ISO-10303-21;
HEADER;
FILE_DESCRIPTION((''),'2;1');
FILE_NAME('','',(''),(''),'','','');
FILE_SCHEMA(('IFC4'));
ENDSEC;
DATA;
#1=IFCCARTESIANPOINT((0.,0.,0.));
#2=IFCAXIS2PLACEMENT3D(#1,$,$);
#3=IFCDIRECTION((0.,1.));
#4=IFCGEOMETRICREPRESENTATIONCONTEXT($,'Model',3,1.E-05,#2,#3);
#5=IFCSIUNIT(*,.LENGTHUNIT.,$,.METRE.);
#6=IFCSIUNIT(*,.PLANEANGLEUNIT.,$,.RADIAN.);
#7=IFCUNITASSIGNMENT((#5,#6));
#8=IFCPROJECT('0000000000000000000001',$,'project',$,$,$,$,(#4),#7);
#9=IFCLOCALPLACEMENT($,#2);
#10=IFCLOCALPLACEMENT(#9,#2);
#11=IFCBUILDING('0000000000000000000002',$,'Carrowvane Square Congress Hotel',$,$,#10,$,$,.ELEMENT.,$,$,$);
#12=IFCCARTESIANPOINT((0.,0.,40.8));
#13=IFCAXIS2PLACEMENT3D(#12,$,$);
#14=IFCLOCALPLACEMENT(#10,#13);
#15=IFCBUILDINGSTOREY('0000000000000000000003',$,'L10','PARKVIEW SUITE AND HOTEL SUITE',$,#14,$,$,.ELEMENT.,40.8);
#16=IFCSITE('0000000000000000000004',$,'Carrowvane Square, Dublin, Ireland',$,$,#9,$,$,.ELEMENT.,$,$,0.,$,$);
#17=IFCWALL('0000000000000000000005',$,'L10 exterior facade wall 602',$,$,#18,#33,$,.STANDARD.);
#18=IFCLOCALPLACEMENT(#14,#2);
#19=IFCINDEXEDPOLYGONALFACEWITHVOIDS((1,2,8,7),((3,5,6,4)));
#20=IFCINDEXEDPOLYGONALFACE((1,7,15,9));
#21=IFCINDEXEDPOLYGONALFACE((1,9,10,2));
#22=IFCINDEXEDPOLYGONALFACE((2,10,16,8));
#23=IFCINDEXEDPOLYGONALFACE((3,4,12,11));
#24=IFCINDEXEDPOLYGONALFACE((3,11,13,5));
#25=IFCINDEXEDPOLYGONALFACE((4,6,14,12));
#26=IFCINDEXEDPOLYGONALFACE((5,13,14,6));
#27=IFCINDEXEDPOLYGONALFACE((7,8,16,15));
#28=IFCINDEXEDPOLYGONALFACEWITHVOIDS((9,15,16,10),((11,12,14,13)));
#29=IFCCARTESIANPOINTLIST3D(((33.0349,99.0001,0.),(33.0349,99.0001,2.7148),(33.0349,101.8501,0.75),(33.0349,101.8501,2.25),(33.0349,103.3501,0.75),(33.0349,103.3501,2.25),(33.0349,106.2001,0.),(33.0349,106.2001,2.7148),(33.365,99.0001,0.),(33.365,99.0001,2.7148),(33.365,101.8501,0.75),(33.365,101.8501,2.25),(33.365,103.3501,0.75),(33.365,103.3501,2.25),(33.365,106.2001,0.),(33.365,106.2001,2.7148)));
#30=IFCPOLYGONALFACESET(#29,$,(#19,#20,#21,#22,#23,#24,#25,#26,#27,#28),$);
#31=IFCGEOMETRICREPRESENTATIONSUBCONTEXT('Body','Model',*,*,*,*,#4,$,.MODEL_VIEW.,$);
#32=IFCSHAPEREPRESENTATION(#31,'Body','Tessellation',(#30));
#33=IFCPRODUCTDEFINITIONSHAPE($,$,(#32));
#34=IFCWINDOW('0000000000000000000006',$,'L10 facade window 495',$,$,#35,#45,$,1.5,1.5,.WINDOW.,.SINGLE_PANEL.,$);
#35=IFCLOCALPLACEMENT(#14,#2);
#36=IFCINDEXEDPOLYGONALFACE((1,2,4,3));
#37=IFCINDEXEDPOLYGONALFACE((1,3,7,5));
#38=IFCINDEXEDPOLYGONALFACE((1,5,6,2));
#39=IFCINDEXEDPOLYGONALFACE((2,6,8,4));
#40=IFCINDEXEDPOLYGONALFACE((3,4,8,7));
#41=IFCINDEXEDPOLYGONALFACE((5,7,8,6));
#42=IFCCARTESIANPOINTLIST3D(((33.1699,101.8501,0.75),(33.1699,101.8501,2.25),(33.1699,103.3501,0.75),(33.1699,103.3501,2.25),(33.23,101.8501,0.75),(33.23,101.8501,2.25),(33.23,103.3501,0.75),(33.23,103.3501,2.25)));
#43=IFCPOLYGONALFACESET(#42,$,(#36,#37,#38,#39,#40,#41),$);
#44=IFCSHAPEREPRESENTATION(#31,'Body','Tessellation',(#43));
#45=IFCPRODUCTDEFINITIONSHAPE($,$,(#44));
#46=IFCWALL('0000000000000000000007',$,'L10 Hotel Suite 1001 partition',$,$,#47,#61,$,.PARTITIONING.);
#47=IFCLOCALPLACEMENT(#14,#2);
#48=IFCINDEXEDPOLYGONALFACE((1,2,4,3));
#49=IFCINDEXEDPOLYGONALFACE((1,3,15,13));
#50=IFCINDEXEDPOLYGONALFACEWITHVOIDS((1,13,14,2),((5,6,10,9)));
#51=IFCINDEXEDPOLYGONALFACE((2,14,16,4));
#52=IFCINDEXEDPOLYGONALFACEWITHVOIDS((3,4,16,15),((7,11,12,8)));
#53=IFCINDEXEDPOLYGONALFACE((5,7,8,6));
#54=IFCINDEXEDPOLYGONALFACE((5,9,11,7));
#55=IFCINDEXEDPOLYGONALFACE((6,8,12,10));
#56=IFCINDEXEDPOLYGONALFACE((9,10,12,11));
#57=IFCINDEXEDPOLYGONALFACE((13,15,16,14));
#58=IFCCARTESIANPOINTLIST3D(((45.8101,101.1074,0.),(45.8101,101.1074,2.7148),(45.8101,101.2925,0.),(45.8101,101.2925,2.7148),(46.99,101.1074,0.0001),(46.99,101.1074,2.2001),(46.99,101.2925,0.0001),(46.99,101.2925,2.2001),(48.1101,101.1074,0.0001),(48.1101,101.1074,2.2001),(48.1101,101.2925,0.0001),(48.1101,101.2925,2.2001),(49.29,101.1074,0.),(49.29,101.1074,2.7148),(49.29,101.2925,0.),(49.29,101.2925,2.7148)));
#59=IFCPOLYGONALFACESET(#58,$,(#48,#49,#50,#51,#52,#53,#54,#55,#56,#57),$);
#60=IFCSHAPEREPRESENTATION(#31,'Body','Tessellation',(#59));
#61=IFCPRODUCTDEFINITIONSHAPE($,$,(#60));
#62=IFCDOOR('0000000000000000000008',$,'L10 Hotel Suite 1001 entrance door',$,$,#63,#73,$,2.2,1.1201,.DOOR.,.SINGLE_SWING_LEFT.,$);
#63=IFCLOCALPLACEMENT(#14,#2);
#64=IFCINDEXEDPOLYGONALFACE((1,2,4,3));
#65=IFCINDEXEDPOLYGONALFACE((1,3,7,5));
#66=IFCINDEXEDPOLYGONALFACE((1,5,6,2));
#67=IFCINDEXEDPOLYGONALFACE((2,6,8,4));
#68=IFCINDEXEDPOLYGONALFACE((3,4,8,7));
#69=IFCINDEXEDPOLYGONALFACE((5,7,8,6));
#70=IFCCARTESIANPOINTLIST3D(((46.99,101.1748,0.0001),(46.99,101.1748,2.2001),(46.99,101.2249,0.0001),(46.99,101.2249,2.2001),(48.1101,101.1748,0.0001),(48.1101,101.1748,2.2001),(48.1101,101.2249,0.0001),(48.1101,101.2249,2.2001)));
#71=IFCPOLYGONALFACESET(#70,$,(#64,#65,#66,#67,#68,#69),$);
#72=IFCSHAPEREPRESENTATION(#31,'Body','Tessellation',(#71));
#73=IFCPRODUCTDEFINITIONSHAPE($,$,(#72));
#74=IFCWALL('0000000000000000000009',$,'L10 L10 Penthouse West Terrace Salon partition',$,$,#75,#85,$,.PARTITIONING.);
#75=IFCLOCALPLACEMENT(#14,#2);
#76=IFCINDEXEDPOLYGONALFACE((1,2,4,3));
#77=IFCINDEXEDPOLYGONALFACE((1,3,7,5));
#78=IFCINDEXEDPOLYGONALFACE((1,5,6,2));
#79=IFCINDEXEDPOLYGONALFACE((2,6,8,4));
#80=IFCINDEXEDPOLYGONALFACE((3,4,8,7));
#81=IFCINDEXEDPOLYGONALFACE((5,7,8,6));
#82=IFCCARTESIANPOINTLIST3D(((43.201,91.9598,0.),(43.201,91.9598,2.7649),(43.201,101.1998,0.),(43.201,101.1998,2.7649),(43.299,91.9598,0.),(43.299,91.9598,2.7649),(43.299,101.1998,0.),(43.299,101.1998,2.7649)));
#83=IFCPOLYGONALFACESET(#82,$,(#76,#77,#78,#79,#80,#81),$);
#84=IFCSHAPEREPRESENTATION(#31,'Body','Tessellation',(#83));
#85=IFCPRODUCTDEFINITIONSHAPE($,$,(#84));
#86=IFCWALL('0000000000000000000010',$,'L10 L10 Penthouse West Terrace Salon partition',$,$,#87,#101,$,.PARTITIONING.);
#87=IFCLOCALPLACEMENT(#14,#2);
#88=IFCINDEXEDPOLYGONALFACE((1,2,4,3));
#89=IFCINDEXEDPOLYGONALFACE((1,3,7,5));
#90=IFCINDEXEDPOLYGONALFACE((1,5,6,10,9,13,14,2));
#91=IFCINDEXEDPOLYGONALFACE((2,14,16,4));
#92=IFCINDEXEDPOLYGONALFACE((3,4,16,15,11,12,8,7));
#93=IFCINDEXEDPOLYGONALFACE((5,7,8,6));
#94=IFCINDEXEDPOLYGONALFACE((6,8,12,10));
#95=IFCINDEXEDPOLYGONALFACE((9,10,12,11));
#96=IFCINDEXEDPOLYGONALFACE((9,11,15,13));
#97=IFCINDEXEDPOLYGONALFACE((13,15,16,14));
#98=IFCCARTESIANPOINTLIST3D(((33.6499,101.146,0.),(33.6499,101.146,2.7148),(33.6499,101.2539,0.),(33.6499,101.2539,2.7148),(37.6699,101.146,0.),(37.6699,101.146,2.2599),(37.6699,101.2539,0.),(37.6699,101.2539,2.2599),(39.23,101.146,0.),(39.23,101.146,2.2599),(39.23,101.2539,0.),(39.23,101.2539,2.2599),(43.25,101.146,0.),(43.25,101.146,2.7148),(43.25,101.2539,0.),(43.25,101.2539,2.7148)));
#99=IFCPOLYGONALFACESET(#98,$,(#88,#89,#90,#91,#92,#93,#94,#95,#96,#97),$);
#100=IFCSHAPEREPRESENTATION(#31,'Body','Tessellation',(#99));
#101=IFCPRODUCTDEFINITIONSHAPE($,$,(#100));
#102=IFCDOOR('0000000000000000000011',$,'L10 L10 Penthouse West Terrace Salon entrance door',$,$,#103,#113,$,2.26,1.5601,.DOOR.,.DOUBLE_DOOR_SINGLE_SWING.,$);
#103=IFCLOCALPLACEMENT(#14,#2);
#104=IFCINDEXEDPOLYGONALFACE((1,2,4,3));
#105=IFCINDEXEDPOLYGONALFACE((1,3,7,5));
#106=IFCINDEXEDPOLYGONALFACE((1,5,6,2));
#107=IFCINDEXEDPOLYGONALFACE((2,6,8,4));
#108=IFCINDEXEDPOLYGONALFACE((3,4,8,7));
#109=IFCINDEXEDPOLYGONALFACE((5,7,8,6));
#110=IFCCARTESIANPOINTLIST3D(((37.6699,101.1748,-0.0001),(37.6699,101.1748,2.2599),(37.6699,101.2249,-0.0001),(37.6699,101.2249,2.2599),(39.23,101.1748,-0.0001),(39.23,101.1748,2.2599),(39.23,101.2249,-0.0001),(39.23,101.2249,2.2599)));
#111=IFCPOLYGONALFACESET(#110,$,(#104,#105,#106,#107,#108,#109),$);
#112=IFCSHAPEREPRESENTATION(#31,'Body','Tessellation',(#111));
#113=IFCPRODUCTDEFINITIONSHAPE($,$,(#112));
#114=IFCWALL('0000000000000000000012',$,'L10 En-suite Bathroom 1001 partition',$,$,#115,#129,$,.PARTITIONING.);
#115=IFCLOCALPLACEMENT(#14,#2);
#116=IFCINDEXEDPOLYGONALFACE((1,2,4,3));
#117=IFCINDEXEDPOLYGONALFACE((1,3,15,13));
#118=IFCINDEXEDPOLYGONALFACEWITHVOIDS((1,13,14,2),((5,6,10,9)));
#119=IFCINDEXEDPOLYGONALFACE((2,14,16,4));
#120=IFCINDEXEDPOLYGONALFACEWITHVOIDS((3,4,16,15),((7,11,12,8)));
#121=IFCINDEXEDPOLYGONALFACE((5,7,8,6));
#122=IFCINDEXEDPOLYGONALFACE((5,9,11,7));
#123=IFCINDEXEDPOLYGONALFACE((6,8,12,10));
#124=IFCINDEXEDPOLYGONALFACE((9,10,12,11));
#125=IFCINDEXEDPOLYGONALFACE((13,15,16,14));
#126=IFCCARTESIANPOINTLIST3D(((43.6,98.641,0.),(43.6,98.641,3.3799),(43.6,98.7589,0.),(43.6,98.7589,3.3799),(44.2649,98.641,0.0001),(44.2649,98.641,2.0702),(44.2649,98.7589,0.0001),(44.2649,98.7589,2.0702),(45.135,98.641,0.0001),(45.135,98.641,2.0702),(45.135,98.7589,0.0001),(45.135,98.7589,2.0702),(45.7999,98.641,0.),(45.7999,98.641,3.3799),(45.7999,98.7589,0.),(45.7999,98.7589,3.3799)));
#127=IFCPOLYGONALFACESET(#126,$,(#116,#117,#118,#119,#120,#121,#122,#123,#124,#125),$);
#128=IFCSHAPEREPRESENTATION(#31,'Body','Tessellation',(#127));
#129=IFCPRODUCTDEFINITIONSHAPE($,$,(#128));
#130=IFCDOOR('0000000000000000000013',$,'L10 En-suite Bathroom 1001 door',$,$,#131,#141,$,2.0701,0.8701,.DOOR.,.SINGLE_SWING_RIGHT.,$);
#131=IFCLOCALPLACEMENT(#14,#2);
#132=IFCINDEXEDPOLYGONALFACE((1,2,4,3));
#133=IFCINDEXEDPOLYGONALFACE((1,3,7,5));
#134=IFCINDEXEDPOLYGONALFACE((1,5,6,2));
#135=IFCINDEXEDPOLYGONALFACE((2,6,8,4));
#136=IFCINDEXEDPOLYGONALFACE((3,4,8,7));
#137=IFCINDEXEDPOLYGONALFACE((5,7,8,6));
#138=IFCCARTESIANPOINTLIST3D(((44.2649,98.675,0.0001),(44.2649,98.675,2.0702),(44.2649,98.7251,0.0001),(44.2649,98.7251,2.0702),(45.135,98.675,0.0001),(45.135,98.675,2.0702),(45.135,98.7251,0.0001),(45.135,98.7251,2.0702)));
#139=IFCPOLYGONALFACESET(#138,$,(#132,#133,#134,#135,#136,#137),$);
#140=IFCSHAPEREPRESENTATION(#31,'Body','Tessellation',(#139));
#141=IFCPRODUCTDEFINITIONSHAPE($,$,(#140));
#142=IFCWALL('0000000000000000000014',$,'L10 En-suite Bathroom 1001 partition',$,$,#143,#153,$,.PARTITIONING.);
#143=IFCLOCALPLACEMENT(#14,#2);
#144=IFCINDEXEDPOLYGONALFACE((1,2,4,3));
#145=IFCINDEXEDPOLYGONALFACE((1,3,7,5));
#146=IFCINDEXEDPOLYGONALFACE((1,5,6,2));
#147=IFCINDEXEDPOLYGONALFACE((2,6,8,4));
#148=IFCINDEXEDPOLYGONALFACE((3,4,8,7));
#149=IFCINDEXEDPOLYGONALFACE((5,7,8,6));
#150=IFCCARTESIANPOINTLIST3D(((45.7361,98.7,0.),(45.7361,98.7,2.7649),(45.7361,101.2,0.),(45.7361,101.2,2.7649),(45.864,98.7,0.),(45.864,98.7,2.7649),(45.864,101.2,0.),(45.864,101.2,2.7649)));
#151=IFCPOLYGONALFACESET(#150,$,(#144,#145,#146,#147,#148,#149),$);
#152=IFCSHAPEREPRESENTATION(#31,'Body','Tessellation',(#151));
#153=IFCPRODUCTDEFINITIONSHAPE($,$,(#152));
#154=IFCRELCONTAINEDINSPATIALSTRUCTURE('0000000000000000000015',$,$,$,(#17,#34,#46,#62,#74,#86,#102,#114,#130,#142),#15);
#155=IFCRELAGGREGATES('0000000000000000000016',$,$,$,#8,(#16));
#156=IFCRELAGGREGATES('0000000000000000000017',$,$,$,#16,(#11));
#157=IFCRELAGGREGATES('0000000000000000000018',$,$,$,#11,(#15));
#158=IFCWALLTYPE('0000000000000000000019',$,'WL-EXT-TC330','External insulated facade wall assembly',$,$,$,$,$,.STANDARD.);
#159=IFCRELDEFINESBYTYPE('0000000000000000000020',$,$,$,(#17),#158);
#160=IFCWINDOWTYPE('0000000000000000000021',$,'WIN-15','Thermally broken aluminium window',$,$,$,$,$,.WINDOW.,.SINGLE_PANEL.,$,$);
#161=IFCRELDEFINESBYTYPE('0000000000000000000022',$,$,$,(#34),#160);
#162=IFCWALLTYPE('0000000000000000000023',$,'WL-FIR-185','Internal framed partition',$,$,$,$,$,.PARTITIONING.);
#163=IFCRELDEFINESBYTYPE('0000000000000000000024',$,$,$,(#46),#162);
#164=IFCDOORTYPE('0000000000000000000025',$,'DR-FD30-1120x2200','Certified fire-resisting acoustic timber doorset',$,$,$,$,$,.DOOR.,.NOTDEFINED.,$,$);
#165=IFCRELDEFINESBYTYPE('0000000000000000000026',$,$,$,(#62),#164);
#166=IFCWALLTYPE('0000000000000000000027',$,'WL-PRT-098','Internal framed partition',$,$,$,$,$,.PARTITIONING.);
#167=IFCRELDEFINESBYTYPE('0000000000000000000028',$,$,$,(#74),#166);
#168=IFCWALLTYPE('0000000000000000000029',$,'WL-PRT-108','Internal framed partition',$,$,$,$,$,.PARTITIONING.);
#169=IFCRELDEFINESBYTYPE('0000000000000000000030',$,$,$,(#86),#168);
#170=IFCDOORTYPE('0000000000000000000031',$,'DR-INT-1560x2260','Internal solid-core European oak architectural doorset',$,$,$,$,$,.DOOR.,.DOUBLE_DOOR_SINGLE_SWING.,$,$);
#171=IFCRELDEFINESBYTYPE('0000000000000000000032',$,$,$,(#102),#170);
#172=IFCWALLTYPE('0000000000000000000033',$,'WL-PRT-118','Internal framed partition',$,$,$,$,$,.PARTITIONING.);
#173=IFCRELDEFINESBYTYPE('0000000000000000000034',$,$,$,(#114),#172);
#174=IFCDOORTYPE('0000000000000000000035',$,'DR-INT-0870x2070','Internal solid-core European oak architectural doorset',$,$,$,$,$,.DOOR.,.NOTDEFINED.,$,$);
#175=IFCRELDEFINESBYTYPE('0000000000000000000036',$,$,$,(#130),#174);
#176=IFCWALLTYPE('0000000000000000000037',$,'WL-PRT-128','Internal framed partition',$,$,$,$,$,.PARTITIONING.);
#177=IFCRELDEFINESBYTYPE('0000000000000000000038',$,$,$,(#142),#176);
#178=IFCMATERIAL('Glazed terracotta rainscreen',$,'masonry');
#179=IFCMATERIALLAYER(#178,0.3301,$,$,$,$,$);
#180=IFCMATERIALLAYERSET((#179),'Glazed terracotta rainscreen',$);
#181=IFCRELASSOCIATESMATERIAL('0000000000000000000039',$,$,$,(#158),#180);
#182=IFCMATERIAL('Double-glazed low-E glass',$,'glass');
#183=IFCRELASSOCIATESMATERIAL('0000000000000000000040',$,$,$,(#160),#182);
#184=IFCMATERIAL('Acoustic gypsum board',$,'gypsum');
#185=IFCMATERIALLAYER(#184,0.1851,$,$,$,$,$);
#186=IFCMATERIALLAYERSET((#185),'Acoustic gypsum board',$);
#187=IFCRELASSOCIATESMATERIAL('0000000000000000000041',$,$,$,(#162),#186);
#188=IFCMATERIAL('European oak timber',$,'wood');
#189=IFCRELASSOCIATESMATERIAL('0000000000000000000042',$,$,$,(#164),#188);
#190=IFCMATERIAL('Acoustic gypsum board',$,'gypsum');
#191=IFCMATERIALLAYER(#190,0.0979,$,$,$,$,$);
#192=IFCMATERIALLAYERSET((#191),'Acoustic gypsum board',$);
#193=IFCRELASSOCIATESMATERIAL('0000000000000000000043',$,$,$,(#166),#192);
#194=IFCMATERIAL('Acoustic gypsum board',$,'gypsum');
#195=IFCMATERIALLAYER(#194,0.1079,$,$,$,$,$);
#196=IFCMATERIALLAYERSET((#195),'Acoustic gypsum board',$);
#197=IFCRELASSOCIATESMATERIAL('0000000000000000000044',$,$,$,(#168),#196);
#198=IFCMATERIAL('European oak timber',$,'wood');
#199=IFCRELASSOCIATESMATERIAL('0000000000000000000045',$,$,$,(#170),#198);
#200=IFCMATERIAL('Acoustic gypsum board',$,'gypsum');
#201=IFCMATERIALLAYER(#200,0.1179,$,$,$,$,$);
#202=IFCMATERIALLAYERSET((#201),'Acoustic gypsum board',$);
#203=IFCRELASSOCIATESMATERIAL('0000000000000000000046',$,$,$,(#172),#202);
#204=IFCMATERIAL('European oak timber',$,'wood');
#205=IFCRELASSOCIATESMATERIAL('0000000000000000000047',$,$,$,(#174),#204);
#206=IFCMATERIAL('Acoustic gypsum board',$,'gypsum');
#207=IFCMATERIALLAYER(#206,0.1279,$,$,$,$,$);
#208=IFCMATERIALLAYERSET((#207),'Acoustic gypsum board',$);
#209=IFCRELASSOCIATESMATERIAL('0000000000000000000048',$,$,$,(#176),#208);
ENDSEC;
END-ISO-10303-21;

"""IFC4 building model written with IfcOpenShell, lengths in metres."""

from ifc_helpers import new_model, si_unit, direction, frame, frame_2d, origin, place, context, subcontext, project, spatial, rectangle, extrude, material, layer, layer_set, type_object, element, fill, save


model = new_model("IFC4")

# Units and contexts
model_context = context("Model", 3, precision=1e-05, world=origin(), true_north=direction((0.0, 1.0)))
body_context = subcontext(model_context, "Body", "Model", "MODEL_VIEW")
ifc_project = project(units=[si_unit("LENGTHUNIT", "METRE"), si_unit("PLANEANGLEUNIT", "RADIAN")], contexts=[model_context])

# Site, building, storey
site_placement = place(None, origin())
site = spatial("IfcSite", under=ifc_project, at=site_placement, Name="Carrowvane Square, Dublin, Ireland", CompositionType="ELEMENT", RefElevation=0.0)
building_placement = place(site_placement, origin())
building = spatial("IfcBuilding", under=site, at=building_placement, Name="Carrowvane Square Congress Hotel", CompositionType="ELEMENT")
storey_placement = place(building_placement, frame((0.0, 0.0, 40.8)))
storey = spatial("IfcBuildingStorey", under=building, at=storey_placement, Name="L10", Description="PARKVIEW SUITE AND HOTEL SUITE", CompositionType="ELEMENT", Elevation=40.8)

# Wall, opening, window
ifc_material_1 = material(Name="Glazed terracotta rainscreen", Category="masonry")
ifc_layer_1 = layer(ifc_material_1, 0.3301)
ifc_layer_set_1 = layer_set([ifc_layer_1], Name="Glazed terracotta rainscreen")
wall_type_1 = type_object("IfcWallType", Name="WL-EXT-TC330", Description="External insulated facade wall assembly", PredefinedType="STANDARD", material=ifc_layer_set_1)
wall_1_placement = place(storey_placement, frame((33.2, 99.0, 0.0), z_axis=(0.0, 0.0, 1.0), x_axis=(0.0, 1.0, 0.0)))
wall_1 = element("IfcWall", 1, at=wall_1_placement, inside=storey, type_object=wall_type_1, Name="L10 exterior facade wall 602", PredefinedType="STANDARD", context=body_context, shape_type="SweptSolid", body=[
    extrude(rectangle(XDim=7.2, YDim=0.3301, at=frame_2d((3.6001, 0.0))), origin(), (0.0, 0.0, 1.0), 2.7148),
])
opening_1_placement = place(wall_1_placement, frame((2.8501, 0.0, 0.75)))
opening_1 = element("IfcOpeningElement", 2, at=opening_1_placement, cuts=wall_1, PredefinedType="OPENING", context=body_context, shape_type="SweptSolid", body=[
    extrude(rectangle(XDim=1.5, YDim=1.5, at=frame_2d((0.75, 0.75))), frame((0.0, 0.175, 0.0), z_axis=(0.0, -1.0, 0.0), x_axis=(1.0, 0.0, 0.0)), (0.0, 0.0, 1.0), 0.3501),
])
ifc_material_2 = material(Name="Double-glazed low-E glass", Category="glass")
window_type = type_object("IfcWindowType", Name="WIN-15", Description="Thermally broken aluminium window", PartitioningType="SINGLE_PANEL", PredefinedType="WINDOW", material=ifc_material_2)
window_placement = place(opening_1_placement, origin())
window = element("IfcWindow", 3, at=window_placement, inside=storey, type_object=window_type, Name="L10 facade window 495", OverallHeight=1.5, OverallWidth=1.5, PartitioningType="SINGLE_PANEL", PredefinedType="WINDOW", context=body_context, shape_type="SweptSolid", body=[
    extrude(rectangle(XDim=1.5, YDim=1.5, at=frame_2d((0.75, 0.75))), frame((0.0, 0.03, 0.0), z_axis=(0.0, -1.0, 0.0), x_axis=(1.0, 0.0, 0.0)), (0.0, 0.0, 1.0), 0.0601),
])
fill(opening_1, window)

# Wall, opening, door
ifc_material_3 = material(Name="Acoustic gypsum board", Category="gypsum")
ifc_layer_2 = layer(ifc_material_3, 0.1851)
ifc_layer_set_2 = layer_set([ifc_layer_2], Name="Acoustic gypsum board")
wall_type_2 = type_object("IfcWallType", Name="WL-FIR-185", Description="Internal framed partition", PredefinedType="PARTITIONING", material=ifc_layer_set_2)
wall_2_placement = place(storey_placement, frame((45.8101, 101.2, 0.0), z_axis=(0.0, 0.0, 1.0), x_axis=(1.0, 0.0, 0.0)))
wall_2 = element("IfcWall", 4, at=wall_2_placement, inside=storey, type_object=wall_type_2, Name="L10 Hotel Suite 1001 partition", PredefinedType="PARTITIONING", context=body_context, shape_type="SweptSolid", body=[
    extrude(rectangle(XDim=3.48, YDim=0.1851, at=frame_2d((1.74, 0.0))), origin(), (0.0, 0.0, 1.0), 2.7148),
])
opening_2_placement = place(wall_2_placement, frame((1.1799, 0.0, 0.0)))
opening_2 = element("IfcOpeningElement", 5, at=opening_2_placement, cuts=wall_2, PredefinedType="OPENING", context=body_context, shape_type="SweptSolid", body=[
    extrude(rectangle(XDim=1.1201, YDim=2.2, at=frame_2d((0.5601, 1.1001))), frame((0.0, 0.1025, 0.0), z_axis=(0.0, -1.0, 0.0), x_axis=(1.0, 0.0, 0.0)), (0.0, 0.0, 1.0), 0.2051),
])
ifc_material_4 = material(Name="European oak timber", Category="wood")
door_type_1 = type_object("IfcDoorType", Name="DR-FD30-1120x2200", Description="Certified fire-resisting acoustic timber doorset", OperationType="NOTDEFINED", PredefinedType="DOOR", material=ifc_material_4)
door_1_placement = place(opening_2_placement, origin())
door_1 = element("IfcDoor", 6, at=door_1_placement, inside=storey, type_object=door_type_1, Name="L10 Hotel Suite 1001 entrance door", OperationType="SINGLE_SWING_LEFT", OverallHeight=2.2, OverallWidth=1.1201, PredefinedType="DOOR", context=body_context, shape_type="SweptSolid", body=[
    extrude(rectangle(XDim=1.1201, YDim=2.2, at=frame_2d((0.5601, 1.1001))), frame((0.0, 0.0249, 0.0), z_axis=(0.0, -1.0, 0.0), x_axis=(1.0, 0.0, 0.0)), (0.0, 0.0, 1.0), 0.05),
])
fill(opening_2, door_1)

# Wall
ifc_material_5 = material(Name="Acoustic gypsum board", Category="gypsum")
ifc_layer_3 = layer(ifc_material_5, 0.0979)
ifc_layer_set_3 = layer_set([ifc_layer_3], Name="Acoustic gypsum board")
wall_type_3 = type_object("IfcWallType", Name="WL-PRT-098", Description="Internal framed partition", PredefinedType="PARTITIONING", material=ifc_layer_set_3)
wall_3_placement = place(storey_placement, frame((43.25, 101.2, 0.0), z_axis=(0.0, 0.0, 1.0), x_axis=(0.0, -1.0, 0.0)))
element("IfcWall", 7, at=wall_3_placement, inside=storey, type_object=wall_type_3, Name="L10 L10 Penthouse West Terrace Salon partition", PredefinedType="PARTITIONING", context=body_context, shape_type="SweptSolid", body=[
    extrude(rectangle(XDim=9.24, YDim=0.0979, at=frame_2d((4.6201, 0.0))), origin(), (0.0, 0.0, 1.0), 2.7649),
])

# Walls, openings, doors
ifc_material_6 = material(Name="Acoustic gypsum board", Category="gypsum")
ifc_layer_4 = layer(ifc_material_6, 0.1079)
ifc_layer_set_4 = layer_set([ifc_layer_4], Name="Acoustic gypsum board")
wall_type_4 = type_object("IfcWallType", Name="WL-PRT-108", Description="Internal framed partition", PredefinedType="PARTITIONING", material=ifc_layer_set_4)
wall_4_placement = place(storey_placement, frame((33.6499, 101.2, 0.0), z_axis=(0.0, 0.0, 1.0), x_axis=(1.0, 0.0, 0.0)))
wall_4 = element("IfcWall", 8, at=wall_4_placement, inside=storey, type_object=wall_type_4, Name="L10 L10 Penthouse West Terrace Salon partition", PredefinedType="PARTITIONING", context=body_context, shape_type="SweptSolid", body=[
    extrude(rectangle(XDim=9.6001, YDim=0.1079, at=frame_2d((4.8, 0.0))), origin(), (0.0, 0.0, 1.0), 2.7148),
])
opening_3_placement = place(wall_4_placement, frame((4.02, 0.0, 0.0)))
opening_3 = element("IfcOpeningElement", 9, at=opening_3_placement, cuts=wall_4, PredefinedType="OPENING", context=body_context, shape_type="SweptSolid", body=[
    extrude(rectangle(XDim=1.5601, YDim=2.26, at=frame_2d((0.78, 1.1299))), frame((0.0, 0.064, 0.0), z_axis=(0.0, -1.0, 0.0), x_axis=(1.0, 0.0, 0.0)), (0.0, 0.0, 1.0), 0.1279),
])
ifc_material_7 = material(Name="European oak timber", Category="wood")
door_type_2 = type_object("IfcDoorType", Name="DR-INT-1560x2260", Description="Internal solid-core European oak architectural doorset", OperationType="DOUBLE_DOOR_SINGLE_SWING", PredefinedType="DOOR", material=ifc_material_7)
door_2_placement = place(opening_3_placement, origin())
door_2 = element("IfcDoor", 10, at=door_2_placement, inside=storey, type_object=door_type_2, Name="L10 L10 Penthouse West Terrace Salon entrance door", OperationType="DOUBLE_DOOR_SINGLE_SWING", OverallHeight=2.26, OverallWidth=1.5601, PredefinedType="DOOR", context=body_context, shape_type="SweptSolid", body=[
    extrude(rectangle(XDim=1.5601, YDim=2.26, at=frame_2d((0.78, 1.1299))), frame((0.0, 0.0249, 0.0), z_axis=(0.0, -1.0, 0.0), x_axis=(1.0, 0.0, 0.0)), (0.0, 0.0, 1.0), 0.05),
])
fill(opening_3, door_2)
ifc_material_8 = material(Name="Acoustic gypsum board", Category="gypsum")
ifc_layer_5 = layer(ifc_material_8, 0.1179)
ifc_layer_set_5 = layer_set([ifc_layer_5], Name="Acoustic gypsum board")
wall_type_5 = type_object("IfcWallType", Name="WL-PRT-118", Description="Internal framed partition", PredefinedType="PARTITIONING", material=ifc_layer_set_5)
wall_5_placement = place(storey_placement, frame((45.8, 98.7, 0.0), z_axis=(0.0, 0.0, 1.0), x_axis=(-1.0, 0.0, 0.0)))
wall_5 = element("IfcWall", 11, at=wall_5_placement, inside=storey, type_object=wall_type_5, Name="L10 En-suite Bathroom 1001 partition", PredefinedType="PARTITIONING", context=body_context, shape_type="SweptSolid", body=[
    extrude(rectangle(XDim=2.2, YDim=0.1179, at=frame_2d((1.1001, 0.0))), origin(), (0.0, 0.0, 1.0), 3.3799),
])
opening_4_placement = place(wall_5_placement, frame((0.665, 0.0, 0.0)))
opening_4 = element("IfcOpeningElement", 12, at=opening_4_placement, cuts=wall_5, PredefinedType="OPENING", context=body_context, shape_type="SweptSolid", body=[
    extrude(rectangle(XDim=0.8701, YDim=2.0701, at=frame_2d((0.4351, 1.0352))), frame((0.0, 0.0688, 0.0), z_axis=(0.0, -1.0, 0.0), x_axis=(1.0, 0.0, 0.0)), (0.0, 0.0, 1.0), 0.1379),
])
ifc_material_9 = material(Name="European oak timber", Category="wood")
door_type_3 = type_object("IfcDoorType", Name="DR-INT-0870x2070", Description="Internal solid-core European oak architectural doorset", OperationType="NOTDEFINED", PredefinedType="DOOR", material=ifc_material_9)
door_3_placement = place(opening_4_placement, origin())
door_3 = element("IfcDoor", 13, at=door_3_placement, inside=storey, type_object=door_type_3, Name="L10 En-suite Bathroom 1001 door", OperationType="SINGLE_SWING_RIGHT", OverallHeight=2.0701, OverallWidth=0.8701, PredefinedType="DOOR", context=body_context, shape_type="SweptSolid", body=[
    extrude(rectangle(XDim=0.8701, YDim=2.0701, at=frame_2d((0.4351, 1.0352))), frame((0.0, 0.0249, 0.0), z_axis=(0.0, -1.0, 0.0), x_axis=(1.0, 0.0, 0.0)), (0.0, 0.0, 1.0), 0.05),
])
fill(opening_4, door_3)

# Wall
ifc_material_10 = material(Name="Acoustic gypsum board", Category="gypsum")
ifc_layer_6 = layer(ifc_material_10, 0.1279)
ifc_layer_set_6 = layer_set([ifc_layer_6], Name="Acoustic gypsum board")
wall_type_6 = type_object("IfcWallType", Name="WL-PRT-128", Description="Internal framed partition", PredefinedType="PARTITIONING", material=ifc_layer_set_6)
wall_6_placement = place(storey_placement, frame((45.8, 101.2, 0.0), z_axis=(0.0, 0.0, 1.0), x_axis=(0.0, -1.0, 0.0)))
element("IfcWall", 14, at=wall_6_placement, inside=storey, type_object=wall_type_6, Name="L10 En-suite Bathroom 1001 partition", PredefinedType="PARTITIONING", context=body_context, shape_type="SweptSolid", body=[
    extrude(rectangle(XDim=2.5, YDim=0.1279, at=frame_2d((1.25, 0.0))), origin(), (0.0, 0.0, 1.0), 2.7649),
])

save(model, "model.ifc")
